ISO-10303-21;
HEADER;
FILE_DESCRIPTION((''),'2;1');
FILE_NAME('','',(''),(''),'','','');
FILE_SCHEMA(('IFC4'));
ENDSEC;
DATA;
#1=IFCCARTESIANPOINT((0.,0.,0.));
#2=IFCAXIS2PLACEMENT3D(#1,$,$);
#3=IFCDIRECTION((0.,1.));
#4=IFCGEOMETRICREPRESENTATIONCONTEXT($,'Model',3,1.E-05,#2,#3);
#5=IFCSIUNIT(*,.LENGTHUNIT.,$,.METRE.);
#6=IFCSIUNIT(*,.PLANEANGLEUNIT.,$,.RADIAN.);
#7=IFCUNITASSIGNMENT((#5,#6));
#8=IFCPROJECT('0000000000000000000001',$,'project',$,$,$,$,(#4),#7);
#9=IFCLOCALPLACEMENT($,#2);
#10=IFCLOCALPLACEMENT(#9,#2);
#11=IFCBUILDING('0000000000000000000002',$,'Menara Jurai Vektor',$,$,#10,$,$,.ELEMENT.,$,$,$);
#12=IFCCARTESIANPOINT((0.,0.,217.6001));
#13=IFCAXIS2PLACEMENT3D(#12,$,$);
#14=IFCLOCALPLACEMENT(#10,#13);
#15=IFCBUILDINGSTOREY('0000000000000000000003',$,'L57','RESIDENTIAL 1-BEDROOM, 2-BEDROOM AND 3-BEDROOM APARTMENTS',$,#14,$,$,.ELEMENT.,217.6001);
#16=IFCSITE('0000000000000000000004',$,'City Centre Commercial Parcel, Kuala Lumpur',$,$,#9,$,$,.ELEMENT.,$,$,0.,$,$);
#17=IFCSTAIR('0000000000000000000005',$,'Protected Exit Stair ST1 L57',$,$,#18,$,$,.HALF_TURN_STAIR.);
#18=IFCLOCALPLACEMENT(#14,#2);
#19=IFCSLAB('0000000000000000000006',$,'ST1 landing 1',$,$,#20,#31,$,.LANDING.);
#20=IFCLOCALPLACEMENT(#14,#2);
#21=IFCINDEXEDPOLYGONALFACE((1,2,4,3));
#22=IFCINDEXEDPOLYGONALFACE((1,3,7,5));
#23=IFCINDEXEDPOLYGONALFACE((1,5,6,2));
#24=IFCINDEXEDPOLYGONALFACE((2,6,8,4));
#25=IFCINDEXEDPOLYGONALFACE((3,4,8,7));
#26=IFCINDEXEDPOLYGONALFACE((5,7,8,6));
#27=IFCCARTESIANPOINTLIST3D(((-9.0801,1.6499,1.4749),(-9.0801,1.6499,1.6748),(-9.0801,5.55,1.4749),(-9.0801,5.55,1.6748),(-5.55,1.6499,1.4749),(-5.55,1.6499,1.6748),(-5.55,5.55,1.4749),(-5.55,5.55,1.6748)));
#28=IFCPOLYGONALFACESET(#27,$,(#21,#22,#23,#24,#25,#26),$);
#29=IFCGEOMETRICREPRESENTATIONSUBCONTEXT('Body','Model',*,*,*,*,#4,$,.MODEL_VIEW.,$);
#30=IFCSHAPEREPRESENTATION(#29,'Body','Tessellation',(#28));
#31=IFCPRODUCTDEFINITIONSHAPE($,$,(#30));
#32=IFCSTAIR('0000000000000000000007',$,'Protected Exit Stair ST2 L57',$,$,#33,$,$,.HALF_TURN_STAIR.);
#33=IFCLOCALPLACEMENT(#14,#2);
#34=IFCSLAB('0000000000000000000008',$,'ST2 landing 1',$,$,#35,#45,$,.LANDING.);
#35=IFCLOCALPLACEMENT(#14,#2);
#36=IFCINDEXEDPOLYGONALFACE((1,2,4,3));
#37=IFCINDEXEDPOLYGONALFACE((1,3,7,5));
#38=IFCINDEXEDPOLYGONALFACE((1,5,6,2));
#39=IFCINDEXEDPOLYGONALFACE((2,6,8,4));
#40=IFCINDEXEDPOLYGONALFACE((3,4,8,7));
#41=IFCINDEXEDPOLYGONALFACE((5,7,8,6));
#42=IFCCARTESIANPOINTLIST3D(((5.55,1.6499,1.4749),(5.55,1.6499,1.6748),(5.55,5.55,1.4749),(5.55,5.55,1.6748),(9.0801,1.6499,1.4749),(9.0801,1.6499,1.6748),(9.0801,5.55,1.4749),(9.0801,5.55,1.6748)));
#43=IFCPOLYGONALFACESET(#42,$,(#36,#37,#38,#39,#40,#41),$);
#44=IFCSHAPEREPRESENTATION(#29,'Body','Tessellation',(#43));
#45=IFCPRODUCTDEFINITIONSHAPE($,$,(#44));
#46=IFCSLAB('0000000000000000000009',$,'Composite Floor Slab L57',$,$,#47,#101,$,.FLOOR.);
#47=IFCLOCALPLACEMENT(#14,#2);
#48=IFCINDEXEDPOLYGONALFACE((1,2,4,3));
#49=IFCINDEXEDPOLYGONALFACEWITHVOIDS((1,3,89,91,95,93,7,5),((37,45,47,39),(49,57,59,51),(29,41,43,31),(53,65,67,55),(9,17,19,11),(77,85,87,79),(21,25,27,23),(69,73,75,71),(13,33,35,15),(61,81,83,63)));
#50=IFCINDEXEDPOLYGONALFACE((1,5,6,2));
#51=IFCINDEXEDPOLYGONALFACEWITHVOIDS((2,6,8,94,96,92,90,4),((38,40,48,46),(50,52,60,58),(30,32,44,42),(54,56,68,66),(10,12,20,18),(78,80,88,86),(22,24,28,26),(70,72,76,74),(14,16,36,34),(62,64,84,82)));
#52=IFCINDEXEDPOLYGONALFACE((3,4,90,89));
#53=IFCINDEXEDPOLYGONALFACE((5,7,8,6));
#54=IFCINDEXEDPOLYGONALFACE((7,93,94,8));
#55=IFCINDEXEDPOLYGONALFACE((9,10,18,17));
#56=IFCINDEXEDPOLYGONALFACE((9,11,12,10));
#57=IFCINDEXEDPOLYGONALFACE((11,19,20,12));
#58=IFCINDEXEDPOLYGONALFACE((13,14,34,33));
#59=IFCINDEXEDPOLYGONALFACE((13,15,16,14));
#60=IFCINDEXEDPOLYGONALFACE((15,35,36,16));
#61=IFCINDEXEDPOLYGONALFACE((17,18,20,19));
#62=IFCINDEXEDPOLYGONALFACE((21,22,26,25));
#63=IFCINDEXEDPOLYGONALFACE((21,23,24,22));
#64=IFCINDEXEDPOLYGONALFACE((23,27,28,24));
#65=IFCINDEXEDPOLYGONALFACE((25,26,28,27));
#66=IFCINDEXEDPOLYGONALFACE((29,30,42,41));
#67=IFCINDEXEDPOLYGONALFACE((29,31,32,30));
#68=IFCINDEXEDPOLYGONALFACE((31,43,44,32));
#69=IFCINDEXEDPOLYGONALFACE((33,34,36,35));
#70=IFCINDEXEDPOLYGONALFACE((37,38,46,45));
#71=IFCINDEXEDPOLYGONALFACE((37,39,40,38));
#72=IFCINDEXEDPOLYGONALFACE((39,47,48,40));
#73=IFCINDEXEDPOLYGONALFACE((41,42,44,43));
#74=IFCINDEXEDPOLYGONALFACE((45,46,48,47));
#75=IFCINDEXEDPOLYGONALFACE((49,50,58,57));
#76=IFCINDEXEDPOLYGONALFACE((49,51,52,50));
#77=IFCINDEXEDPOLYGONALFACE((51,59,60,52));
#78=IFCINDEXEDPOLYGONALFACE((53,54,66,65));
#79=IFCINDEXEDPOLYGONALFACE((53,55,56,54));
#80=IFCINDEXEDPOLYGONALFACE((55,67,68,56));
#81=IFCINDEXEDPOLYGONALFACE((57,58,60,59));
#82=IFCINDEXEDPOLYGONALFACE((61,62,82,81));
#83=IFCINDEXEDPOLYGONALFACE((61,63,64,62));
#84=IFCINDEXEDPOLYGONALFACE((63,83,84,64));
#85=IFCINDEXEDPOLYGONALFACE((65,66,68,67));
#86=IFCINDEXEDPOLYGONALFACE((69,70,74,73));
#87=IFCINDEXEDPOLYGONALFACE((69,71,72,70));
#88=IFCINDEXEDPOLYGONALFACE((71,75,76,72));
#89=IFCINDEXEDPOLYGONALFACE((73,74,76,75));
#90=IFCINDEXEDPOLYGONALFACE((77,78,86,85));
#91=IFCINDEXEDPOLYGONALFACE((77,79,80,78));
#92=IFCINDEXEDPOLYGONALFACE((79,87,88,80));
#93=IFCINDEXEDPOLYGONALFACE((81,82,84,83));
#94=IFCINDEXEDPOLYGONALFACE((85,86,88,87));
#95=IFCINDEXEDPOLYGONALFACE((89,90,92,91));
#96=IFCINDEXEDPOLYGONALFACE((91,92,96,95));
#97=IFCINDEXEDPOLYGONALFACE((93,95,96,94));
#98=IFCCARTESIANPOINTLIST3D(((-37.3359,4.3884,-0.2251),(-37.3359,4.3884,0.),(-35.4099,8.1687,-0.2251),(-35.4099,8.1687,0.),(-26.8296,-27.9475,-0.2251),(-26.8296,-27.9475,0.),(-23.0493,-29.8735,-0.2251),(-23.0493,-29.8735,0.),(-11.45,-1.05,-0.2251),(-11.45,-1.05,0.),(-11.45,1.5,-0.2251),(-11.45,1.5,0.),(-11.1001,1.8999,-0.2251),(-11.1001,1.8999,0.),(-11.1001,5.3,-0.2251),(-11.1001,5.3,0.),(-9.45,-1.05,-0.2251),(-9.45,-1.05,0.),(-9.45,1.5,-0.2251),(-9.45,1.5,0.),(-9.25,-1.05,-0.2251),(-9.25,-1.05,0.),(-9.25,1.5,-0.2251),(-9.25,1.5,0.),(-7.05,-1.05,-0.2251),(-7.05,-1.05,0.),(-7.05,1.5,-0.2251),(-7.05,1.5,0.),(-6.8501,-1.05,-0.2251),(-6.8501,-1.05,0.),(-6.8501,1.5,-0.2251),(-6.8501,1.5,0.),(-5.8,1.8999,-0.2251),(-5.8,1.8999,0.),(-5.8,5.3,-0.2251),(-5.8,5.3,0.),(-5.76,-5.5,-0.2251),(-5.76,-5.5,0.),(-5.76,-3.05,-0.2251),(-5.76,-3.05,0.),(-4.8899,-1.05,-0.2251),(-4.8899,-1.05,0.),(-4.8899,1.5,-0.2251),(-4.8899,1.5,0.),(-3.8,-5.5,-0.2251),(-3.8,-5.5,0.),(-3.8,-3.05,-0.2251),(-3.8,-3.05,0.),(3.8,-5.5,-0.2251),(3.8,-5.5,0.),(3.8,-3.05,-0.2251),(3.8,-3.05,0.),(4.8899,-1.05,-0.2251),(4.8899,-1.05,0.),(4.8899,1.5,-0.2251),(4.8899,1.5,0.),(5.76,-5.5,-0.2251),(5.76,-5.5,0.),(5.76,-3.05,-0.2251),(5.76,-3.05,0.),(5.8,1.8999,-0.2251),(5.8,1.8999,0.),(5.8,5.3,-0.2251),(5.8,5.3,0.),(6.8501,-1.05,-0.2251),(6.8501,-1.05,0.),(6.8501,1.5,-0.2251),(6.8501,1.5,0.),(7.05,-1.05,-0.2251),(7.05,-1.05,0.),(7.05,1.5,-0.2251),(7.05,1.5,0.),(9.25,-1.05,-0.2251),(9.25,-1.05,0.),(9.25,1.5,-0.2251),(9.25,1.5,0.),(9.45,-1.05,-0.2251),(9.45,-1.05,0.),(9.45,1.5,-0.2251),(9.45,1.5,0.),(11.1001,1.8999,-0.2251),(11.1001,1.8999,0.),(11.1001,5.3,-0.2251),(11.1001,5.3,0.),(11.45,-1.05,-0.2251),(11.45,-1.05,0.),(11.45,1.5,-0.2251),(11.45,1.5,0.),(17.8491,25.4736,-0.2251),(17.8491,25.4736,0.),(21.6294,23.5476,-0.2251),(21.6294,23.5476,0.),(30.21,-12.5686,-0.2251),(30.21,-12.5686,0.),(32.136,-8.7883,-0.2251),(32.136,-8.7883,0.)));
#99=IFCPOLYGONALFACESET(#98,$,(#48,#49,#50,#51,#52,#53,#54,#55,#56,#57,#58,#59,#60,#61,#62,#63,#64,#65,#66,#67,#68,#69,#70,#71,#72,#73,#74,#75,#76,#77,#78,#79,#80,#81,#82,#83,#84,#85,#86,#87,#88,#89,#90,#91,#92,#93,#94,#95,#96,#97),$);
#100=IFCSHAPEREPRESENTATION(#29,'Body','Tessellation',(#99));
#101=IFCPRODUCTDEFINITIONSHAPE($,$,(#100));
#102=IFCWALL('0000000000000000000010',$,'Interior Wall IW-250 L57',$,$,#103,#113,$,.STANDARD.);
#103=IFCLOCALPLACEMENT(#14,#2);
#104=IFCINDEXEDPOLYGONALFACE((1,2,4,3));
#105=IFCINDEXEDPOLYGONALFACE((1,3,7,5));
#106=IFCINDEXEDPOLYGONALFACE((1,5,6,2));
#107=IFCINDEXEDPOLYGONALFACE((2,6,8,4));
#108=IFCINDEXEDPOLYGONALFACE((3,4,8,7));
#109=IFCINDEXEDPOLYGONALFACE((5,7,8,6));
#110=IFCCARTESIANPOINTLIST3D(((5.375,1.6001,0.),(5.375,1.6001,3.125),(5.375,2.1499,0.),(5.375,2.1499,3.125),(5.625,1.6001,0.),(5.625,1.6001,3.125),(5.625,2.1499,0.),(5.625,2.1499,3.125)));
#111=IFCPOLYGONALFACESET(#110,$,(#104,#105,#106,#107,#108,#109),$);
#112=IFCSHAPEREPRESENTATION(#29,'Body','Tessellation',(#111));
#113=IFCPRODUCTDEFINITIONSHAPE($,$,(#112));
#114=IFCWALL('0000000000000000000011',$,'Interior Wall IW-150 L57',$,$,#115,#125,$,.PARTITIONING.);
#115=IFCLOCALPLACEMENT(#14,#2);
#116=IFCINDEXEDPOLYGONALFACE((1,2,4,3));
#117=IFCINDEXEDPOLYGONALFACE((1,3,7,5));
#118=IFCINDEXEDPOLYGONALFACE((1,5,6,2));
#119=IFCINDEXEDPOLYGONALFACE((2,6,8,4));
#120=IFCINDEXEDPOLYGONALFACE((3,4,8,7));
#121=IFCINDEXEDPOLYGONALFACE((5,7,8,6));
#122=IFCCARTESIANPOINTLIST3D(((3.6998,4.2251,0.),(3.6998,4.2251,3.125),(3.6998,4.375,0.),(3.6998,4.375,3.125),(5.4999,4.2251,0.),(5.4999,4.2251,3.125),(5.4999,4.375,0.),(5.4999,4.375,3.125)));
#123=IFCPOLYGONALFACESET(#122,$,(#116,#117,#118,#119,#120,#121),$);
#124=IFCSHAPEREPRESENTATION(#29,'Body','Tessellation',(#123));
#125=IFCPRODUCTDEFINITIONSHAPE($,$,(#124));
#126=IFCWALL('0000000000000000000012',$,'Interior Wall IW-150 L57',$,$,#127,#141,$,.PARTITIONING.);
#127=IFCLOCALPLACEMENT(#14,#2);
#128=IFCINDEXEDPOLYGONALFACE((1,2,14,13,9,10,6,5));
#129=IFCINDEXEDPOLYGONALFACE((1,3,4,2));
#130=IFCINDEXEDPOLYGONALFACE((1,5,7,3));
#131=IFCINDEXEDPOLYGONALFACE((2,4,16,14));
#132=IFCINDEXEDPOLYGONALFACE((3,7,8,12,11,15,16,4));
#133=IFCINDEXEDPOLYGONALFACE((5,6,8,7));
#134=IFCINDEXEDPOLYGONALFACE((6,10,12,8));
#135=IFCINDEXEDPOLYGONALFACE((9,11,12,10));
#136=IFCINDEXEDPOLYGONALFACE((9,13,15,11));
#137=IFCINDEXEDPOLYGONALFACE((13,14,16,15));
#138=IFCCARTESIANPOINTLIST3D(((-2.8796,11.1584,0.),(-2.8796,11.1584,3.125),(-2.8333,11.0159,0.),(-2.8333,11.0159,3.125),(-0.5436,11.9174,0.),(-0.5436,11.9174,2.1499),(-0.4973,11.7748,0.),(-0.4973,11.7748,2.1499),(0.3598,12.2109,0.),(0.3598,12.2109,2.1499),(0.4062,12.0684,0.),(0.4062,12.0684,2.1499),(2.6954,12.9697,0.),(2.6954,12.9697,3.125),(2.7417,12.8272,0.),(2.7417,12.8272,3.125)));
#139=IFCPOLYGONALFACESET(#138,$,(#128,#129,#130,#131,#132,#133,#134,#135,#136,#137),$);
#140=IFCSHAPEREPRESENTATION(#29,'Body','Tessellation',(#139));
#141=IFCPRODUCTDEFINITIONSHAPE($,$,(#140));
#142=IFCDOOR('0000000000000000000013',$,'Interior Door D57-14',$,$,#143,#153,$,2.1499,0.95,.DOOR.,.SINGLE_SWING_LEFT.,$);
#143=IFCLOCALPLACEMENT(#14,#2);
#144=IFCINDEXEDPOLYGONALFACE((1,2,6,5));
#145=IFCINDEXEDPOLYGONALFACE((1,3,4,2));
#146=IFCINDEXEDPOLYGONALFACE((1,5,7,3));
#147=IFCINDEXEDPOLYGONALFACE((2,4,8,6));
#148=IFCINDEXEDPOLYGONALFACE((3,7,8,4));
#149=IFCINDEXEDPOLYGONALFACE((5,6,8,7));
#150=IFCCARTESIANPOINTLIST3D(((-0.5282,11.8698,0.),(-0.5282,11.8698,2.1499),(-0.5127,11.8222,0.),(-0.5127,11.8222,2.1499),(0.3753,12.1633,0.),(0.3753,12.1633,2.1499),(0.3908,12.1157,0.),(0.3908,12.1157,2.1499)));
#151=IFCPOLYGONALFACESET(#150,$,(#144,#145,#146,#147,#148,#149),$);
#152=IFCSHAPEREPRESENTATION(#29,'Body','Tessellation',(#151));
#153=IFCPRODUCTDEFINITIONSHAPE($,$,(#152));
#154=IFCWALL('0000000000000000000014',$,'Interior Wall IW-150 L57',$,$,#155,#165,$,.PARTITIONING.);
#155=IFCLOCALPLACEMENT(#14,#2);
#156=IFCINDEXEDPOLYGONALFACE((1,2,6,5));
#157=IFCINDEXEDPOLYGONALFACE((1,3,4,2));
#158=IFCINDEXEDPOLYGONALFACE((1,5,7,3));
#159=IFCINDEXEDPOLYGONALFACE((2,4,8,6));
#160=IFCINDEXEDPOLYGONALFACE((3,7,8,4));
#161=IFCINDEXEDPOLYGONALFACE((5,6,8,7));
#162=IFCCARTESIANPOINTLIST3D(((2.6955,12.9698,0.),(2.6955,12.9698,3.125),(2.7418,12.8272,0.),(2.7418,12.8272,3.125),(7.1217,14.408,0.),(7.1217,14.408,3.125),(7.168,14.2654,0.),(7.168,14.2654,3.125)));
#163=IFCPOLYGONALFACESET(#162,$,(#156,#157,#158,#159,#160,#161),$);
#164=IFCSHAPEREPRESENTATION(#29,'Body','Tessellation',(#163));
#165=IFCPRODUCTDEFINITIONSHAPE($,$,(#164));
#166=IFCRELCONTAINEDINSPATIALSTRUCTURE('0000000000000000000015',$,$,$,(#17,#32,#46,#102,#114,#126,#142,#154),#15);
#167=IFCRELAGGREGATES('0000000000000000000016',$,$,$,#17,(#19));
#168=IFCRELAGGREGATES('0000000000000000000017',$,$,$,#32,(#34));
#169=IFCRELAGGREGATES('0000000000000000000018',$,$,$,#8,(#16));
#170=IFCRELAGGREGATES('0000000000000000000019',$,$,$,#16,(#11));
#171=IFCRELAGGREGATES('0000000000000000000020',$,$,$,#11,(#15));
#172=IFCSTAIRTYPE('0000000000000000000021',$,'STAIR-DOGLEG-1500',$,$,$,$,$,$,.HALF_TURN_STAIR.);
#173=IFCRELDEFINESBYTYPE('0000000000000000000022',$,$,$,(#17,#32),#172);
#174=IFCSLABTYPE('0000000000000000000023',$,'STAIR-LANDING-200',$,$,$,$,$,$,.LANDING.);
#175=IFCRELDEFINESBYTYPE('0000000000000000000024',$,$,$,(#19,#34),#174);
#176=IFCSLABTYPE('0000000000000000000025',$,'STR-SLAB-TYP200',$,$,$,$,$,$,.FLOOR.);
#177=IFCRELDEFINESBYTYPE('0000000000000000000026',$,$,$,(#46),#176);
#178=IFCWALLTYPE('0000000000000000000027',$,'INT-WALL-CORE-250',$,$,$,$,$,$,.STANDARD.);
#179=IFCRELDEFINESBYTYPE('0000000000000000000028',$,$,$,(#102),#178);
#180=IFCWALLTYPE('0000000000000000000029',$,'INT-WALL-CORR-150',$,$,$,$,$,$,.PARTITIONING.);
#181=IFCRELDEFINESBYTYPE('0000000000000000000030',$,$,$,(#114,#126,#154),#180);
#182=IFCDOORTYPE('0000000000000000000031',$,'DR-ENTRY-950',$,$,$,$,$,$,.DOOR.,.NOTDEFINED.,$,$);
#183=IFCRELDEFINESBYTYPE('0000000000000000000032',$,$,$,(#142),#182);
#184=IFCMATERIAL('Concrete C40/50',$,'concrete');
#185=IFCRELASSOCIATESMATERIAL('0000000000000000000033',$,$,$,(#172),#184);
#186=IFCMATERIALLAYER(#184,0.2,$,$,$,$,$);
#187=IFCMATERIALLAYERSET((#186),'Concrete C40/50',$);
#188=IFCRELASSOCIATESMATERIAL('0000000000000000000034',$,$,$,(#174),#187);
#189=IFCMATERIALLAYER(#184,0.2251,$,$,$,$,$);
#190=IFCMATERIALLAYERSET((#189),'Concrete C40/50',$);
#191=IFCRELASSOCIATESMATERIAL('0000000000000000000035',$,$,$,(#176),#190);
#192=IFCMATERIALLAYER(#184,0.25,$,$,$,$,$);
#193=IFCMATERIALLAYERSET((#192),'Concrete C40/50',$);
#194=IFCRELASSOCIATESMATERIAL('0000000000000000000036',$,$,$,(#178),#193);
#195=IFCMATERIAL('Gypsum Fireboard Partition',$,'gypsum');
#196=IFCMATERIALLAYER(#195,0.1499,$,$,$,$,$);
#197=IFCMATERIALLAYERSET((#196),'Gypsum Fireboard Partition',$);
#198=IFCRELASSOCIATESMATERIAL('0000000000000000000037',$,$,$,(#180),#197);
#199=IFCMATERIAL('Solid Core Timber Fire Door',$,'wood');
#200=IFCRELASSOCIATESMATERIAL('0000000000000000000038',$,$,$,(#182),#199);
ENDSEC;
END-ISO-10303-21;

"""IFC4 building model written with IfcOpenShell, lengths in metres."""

from ifc_helpers import new_model, si_unit, direction, frame, frame_2d, origin, place, context, subcontext, project, spatial, polyline, rectangle, outline, extrude, material, layer, layer_set, type_object, element, fill, aggregate, save


model = new_model("IFC4")

# Units and contexts
model_context = context("Model", 3, precision=1e-05, world=origin(), true_north=direction((0.0, 1.0)))
body_context = subcontext(model_context, "Body", "Model", "MODEL_VIEW")
ifc_project = project(units=[si_unit("LENGTHUNIT", "METRE"), si_unit("PLANEANGLEUNIT", "RADIAN")], contexts=[model_context])

# Site, building, storey
site_placement = place(None, origin())
site = spatial("IfcSite", under=ifc_project, at=site_placement, Name="City Centre Commercial Parcel, Kuala Lumpur", CompositionType="ELEMENT", RefElevation=0.0)
building_placement = place(site_placement, origin())
building = spatial("IfcBuilding", under=site, at=building_placement, Name="Menara Jurai Vektor", CompositionType="ELEMENT")
storey_placement = place(building_placement, frame((0.0, 0.0, 217.6001)))
storey = spatial("IfcBuildingStorey", under=building, at=storey_placement, Name="L57", Description="RESIDENTIAL 1-BEDROOM, 2-BEDROOM AND 3-BEDROOM APARTMENTS", CompositionType="ELEMENT", Elevation=217.6001)

# Stairs, slabs
ifc_material_1 = material(Name="Concrete C40/50", Category="concrete")
stair_type = type_object("IfcStairType", Name="STAIR-DOGLEG-1500", PredefinedType="HALF_TURN_STAIR", material=ifc_material_1)
stair_1_placement = place(storey_placement, origin())
stair_1 = element("IfcStair", 1, at=stair_1_placement, inside=storey, type_object=stair_type, Name="Protected Exit Stair ST1 L57", PredefinedType="HALF_TURN_STAIR")
ifc_layer_1 = layer(ifc_material_1, 0.2)
ifc_layer_set_1 = layer_set([ifc_layer_1], Name="Concrete C40/50")
slab_type_1 = type_object("IfcSlabType", Name="STAIR-LANDING-200", PredefinedType="LANDING", material=ifc_layer_set_1)
slab_1_placement = place(storey_placement, frame((0.0, 0.0, 1.4749)))
slab_1 = element("IfcSlab", 2, at=slab_1_placement, type_object=slab_type_1, Name="ST1 landing 1", PredefinedType="LANDING", context=body_context, shape_type="SweptSolid", body=[
    extrude(outline(polyline([(-9.0801, 1.6499), (-5.55, 1.6499), (-5.55, 5.55), (-9.0801, 5.55), (-9.0801, 1.6499)])), origin(), (0.0, 0.0, 1.0), 0.2),
])
aggregate(stair_1, [slab_1])
stair_2_placement = place(storey_placement, origin())
stair_2 = element("IfcStair", 3, at=stair_2_placement, inside=storey, type_object=stair_type, Name="Protected Exit Stair ST2 L57", PredefinedType="HALF_TURN_STAIR")
slab_2_placement = place(storey_placement, frame((0.0, 0.0, 1.4749)))
slab_2 = element("IfcSlab", 4, at=slab_2_placement, type_object=slab_type_1, Name="ST2 landing 1", PredefinedType="LANDING", context=body_context, shape_type="SweptSolid", body=[
    extrude(outline(polyline([(5.55, 1.6499), (9.0801, 1.6499), (9.0801, 5.55), (5.55, 5.55), (5.55, 1.6499)])), origin(), (0.0, 0.0, 1.0), 0.2),
])

# Slab
ifc_layer_2 = layer(ifc_material_1, 0.2251)
ifc_layer_set_2 = layer_set([ifc_layer_2], Name="Concrete C40/50")
slab_type_2 = type_object("IfcSlabType", Name="STR-SLAB-TYP200", PredefinedType="FLOOR", material=ifc_layer_set_2)
slab_3_placement = place(storey_placement, frame((0.0, 0.0, -0.2251)))
element("IfcSlab", 5, at=slab_3_placement, inside=storey, type_object=slab_type_2, Name="Composite Floor Slab L57", PredefinedType="FLOOR", context=body_context, shape_type="SweptSolid", body=[
    extrude(outline(polyline([(-23.0493, -29.8735), (30.21, -12.5686), (32.136, -8.7883), (21.6294, 23.5476), (17.8491, 25.4736), (-35.4099, 8.1687), (-37.3359, 4.3884), (-26.8296, -27.9475), (-23.0493, -29.8735)]), holes=[polyline([(-11.1001, 1.8999), (-11.1001, 5.3), (-5.8, 5.3), (-5.8, 1.8999), (-11.1001, 1.8999)]), polyline([(5.8, 1.8999), (5.8, 5.3), (11.1001, 5.3), (11.1001, 1.8999), (5.8, 1.8999)]), polyline([(-11.45, -1.05), (-11.45, 1.5), (-9.45, 1.5), (-9.45, -1.05), (-11.45, -1.05)]), polyline([(9.45, -1.05), (9.45, 1.5), (11.45, 1.5), (11.45, -1.05), (9.45, -1.05)]), polyline([(-5.76, -5.5), (-5.76, -3.05), (-3.8, -3.05), (-3.8, -5.5), (-5.76, -5.5)]), polyline([(-6.8501, -1.05), (-6.8501, 1.5), (-4.8899, 1.5), (-4.8899, -1.05), (-6.8501, -1.05)]), polyline([(3.8, -5.5), (3.8, -3.05), (5.76, -3.05), (5.76, -5.5), (3.8, -5.5)]), polyline([(4.8899, -1.05), (4.8899, 1.5), (6.8501, 1.5), (6.8501, -1.05), (4.8899, -1.05)]), polyline([(-9.25, -1.05), (-9.25, 1.5), (-7.05, 1.5), (-7.05, -1.05), (-9.25, -1.05)]), polyline([(7.05, -1.05), (7.05, 1.5), (9.25, 1.5), (9.25, -1.05), (7.05, -1.05)])]), origin(), (0.0, 0.0, 1.0), 0.2251),
])

# Shared definitions
ifc_layer_3 = layer(ifc_material_1, 0.25)
ifc_layer_set_3 = layer_set([ifc_layer_3], Name="Concrete C40/50")
wall_type_1 = type_object("IfcWallType", Name="INT-WALL-CORE-250", PredefinedType="STANDARD", material=ifc_layer_set_3)

# Walls
wall_1_placement = place(storey_placement, frame((5.5, 1.6001, 0.0), z_axis=(0.0, 0.0, 1.0), x_axis=(0.0, 1.0, 0.0)))
element("IfcWall", 6, at=wall_1_placement, inside=storey, type_object=wall_type_1, Name="Interior Wall IW-250 L57", PredefinedType="STANDARD", context=body_context, shape_type="SweptSolid", body=[
    extrude(rectangle(XDim=0.5498, YDim=0.25, at=frame_2d((0.2749, 0.0))), origin(), (0.0, 0.0, 1.0), 3.125),
])
ifc_material_2 = material(Name="Gypsum Fireboard Partition", Category="gypsum")
ifc_layer_4 = layer(ifc_material_2, 0.1499)
ifc_layer_set_4 = layer_set([ifc_layer_4], Name="Gypsum Fireboard Partition")
wall_type_2 = type_object("IfcWallType", Name="INT-WALL-CORR-150", PredefinedType="PARTITIONING", material=ifc_layer_set_4)
wall_2_placement = place(storey_placement, frame((3.7, 4.3, 0.0), z_axis=(0.0, 0.0, 1.0), x_axis=(1.0, 0.0, 0.0)))
element("IfcWall", 7, at=wall_2_placement, inside=storey, type_object=wall_type_2, Name="Interior Wall IW-150 L57", PredefinedType="PARTITIONING", context=body_context, shape_type="SweptSolid", body=[
    extrude(rectangle(XDim=1.8, YDim=0.1499, at=frame_2d((0.8999, 0.0))), origin(), (0.0, 0.0, 1.0), 3.125),
])

# Wall, opening, door
wall_3_placement = place(storey_placement, frame((-2.8564, 11.0872, 0.0), z_axis=(0.0, 0.0, 1.0), x_axis=(0.951063, 0.308997, 0.0)))
wall_3 = element("IfcWall", 8, at=wall_3_placement, inside=storey, type_object=wall_type_2, Name="Interior Wall IW-150 L57", PredefinedType="PARTITIONING", context=body_context, shape_type="SweptSolid", body=[
    extrude(rectangle(XDim=5.8618, YDim=0.1499, at=frame_2d((2.9309, 0.0))), origin(), (0.0, 0.0, 1.0), 3.125),
])
opening_1_placement = place(wall_3_placement, frame((2.4561, 0.0, 0.0)))
opening_1 = element("IfcOpeningElement", 9, at=opening_1_placement, cuts=wall_3, PredefinedType="OPENING", context=body_context, shape_type="SweptSolid", body=[
    extrude(rectangle(XDim=0.95, YDim=2.1499, at=frame_2d((0.4751, 1.075))), frame((0.0, 0.085, 0.0), z_axis=(0.0, -1.0, 0.0), x_axis=(1.0, 0.0, 0.0)), (0.0, 0.0, 1.0), 0.1699),
])
ifc_material_3 = material(Name="Solid Core Timber Fire Door", Category="wood")
door_type_1 = type_object("IfcDoorType", Name="DR-ENTRY-950", OperationType="NOTDEFINED", PredefinedType="DOOR", material=ifc_material_3)
door_1_placement = place(opening_1_placement, origin())
door_1 = element("IfcDoor", 10, at=door_1_placement, inside=storey, type_object=door_type_1, Name="Interior Door D57-14", OperationType="SINGLE_SWING_LEFT", OverallHeight=2.1499, OverallWidth=0.95, PredefinedType="DOOR", context=body_context, shape_type="SweptSolid", body=[
    extrude(rectangle(XDim=0.95, YDim=2.1499, at=frame_2d((0.4751, 1.075))), frame((0.0, 0.0249, 0.0), z_axis=(0.0, -1.0, 0.0), x_axis=(1.0, 0.0, 0.0)), (0.0, 0.0, 1.0), 0.05),
])
fill(opening_1, door_1)

# Wall
wall_4_placement = place(storey_placement, frame((2.7185, 12.8984, 0.0), z_axis=(0.0, 0.0, 1.0), x_axis=(0.951053, 0.309027, 0.0)))
element("IfcWall", 11, at=wall_4_placement, inside=storey, type_object=wall_type_2, Name="Interior Wall IW-150 L57", PredefinedType="PARTITIONING", context=body_context, shape_type="SweptSolid", body=[
    extrude(rectangle(XDim=4.6541, YDim=0.1499, at=frame_2d((2.3271, 0.0))), origin(), (0.0, 0.0, 1.0), 3.125),
])

aggregate(stair_2, [slab_2])

save(model, "model.ifc")
